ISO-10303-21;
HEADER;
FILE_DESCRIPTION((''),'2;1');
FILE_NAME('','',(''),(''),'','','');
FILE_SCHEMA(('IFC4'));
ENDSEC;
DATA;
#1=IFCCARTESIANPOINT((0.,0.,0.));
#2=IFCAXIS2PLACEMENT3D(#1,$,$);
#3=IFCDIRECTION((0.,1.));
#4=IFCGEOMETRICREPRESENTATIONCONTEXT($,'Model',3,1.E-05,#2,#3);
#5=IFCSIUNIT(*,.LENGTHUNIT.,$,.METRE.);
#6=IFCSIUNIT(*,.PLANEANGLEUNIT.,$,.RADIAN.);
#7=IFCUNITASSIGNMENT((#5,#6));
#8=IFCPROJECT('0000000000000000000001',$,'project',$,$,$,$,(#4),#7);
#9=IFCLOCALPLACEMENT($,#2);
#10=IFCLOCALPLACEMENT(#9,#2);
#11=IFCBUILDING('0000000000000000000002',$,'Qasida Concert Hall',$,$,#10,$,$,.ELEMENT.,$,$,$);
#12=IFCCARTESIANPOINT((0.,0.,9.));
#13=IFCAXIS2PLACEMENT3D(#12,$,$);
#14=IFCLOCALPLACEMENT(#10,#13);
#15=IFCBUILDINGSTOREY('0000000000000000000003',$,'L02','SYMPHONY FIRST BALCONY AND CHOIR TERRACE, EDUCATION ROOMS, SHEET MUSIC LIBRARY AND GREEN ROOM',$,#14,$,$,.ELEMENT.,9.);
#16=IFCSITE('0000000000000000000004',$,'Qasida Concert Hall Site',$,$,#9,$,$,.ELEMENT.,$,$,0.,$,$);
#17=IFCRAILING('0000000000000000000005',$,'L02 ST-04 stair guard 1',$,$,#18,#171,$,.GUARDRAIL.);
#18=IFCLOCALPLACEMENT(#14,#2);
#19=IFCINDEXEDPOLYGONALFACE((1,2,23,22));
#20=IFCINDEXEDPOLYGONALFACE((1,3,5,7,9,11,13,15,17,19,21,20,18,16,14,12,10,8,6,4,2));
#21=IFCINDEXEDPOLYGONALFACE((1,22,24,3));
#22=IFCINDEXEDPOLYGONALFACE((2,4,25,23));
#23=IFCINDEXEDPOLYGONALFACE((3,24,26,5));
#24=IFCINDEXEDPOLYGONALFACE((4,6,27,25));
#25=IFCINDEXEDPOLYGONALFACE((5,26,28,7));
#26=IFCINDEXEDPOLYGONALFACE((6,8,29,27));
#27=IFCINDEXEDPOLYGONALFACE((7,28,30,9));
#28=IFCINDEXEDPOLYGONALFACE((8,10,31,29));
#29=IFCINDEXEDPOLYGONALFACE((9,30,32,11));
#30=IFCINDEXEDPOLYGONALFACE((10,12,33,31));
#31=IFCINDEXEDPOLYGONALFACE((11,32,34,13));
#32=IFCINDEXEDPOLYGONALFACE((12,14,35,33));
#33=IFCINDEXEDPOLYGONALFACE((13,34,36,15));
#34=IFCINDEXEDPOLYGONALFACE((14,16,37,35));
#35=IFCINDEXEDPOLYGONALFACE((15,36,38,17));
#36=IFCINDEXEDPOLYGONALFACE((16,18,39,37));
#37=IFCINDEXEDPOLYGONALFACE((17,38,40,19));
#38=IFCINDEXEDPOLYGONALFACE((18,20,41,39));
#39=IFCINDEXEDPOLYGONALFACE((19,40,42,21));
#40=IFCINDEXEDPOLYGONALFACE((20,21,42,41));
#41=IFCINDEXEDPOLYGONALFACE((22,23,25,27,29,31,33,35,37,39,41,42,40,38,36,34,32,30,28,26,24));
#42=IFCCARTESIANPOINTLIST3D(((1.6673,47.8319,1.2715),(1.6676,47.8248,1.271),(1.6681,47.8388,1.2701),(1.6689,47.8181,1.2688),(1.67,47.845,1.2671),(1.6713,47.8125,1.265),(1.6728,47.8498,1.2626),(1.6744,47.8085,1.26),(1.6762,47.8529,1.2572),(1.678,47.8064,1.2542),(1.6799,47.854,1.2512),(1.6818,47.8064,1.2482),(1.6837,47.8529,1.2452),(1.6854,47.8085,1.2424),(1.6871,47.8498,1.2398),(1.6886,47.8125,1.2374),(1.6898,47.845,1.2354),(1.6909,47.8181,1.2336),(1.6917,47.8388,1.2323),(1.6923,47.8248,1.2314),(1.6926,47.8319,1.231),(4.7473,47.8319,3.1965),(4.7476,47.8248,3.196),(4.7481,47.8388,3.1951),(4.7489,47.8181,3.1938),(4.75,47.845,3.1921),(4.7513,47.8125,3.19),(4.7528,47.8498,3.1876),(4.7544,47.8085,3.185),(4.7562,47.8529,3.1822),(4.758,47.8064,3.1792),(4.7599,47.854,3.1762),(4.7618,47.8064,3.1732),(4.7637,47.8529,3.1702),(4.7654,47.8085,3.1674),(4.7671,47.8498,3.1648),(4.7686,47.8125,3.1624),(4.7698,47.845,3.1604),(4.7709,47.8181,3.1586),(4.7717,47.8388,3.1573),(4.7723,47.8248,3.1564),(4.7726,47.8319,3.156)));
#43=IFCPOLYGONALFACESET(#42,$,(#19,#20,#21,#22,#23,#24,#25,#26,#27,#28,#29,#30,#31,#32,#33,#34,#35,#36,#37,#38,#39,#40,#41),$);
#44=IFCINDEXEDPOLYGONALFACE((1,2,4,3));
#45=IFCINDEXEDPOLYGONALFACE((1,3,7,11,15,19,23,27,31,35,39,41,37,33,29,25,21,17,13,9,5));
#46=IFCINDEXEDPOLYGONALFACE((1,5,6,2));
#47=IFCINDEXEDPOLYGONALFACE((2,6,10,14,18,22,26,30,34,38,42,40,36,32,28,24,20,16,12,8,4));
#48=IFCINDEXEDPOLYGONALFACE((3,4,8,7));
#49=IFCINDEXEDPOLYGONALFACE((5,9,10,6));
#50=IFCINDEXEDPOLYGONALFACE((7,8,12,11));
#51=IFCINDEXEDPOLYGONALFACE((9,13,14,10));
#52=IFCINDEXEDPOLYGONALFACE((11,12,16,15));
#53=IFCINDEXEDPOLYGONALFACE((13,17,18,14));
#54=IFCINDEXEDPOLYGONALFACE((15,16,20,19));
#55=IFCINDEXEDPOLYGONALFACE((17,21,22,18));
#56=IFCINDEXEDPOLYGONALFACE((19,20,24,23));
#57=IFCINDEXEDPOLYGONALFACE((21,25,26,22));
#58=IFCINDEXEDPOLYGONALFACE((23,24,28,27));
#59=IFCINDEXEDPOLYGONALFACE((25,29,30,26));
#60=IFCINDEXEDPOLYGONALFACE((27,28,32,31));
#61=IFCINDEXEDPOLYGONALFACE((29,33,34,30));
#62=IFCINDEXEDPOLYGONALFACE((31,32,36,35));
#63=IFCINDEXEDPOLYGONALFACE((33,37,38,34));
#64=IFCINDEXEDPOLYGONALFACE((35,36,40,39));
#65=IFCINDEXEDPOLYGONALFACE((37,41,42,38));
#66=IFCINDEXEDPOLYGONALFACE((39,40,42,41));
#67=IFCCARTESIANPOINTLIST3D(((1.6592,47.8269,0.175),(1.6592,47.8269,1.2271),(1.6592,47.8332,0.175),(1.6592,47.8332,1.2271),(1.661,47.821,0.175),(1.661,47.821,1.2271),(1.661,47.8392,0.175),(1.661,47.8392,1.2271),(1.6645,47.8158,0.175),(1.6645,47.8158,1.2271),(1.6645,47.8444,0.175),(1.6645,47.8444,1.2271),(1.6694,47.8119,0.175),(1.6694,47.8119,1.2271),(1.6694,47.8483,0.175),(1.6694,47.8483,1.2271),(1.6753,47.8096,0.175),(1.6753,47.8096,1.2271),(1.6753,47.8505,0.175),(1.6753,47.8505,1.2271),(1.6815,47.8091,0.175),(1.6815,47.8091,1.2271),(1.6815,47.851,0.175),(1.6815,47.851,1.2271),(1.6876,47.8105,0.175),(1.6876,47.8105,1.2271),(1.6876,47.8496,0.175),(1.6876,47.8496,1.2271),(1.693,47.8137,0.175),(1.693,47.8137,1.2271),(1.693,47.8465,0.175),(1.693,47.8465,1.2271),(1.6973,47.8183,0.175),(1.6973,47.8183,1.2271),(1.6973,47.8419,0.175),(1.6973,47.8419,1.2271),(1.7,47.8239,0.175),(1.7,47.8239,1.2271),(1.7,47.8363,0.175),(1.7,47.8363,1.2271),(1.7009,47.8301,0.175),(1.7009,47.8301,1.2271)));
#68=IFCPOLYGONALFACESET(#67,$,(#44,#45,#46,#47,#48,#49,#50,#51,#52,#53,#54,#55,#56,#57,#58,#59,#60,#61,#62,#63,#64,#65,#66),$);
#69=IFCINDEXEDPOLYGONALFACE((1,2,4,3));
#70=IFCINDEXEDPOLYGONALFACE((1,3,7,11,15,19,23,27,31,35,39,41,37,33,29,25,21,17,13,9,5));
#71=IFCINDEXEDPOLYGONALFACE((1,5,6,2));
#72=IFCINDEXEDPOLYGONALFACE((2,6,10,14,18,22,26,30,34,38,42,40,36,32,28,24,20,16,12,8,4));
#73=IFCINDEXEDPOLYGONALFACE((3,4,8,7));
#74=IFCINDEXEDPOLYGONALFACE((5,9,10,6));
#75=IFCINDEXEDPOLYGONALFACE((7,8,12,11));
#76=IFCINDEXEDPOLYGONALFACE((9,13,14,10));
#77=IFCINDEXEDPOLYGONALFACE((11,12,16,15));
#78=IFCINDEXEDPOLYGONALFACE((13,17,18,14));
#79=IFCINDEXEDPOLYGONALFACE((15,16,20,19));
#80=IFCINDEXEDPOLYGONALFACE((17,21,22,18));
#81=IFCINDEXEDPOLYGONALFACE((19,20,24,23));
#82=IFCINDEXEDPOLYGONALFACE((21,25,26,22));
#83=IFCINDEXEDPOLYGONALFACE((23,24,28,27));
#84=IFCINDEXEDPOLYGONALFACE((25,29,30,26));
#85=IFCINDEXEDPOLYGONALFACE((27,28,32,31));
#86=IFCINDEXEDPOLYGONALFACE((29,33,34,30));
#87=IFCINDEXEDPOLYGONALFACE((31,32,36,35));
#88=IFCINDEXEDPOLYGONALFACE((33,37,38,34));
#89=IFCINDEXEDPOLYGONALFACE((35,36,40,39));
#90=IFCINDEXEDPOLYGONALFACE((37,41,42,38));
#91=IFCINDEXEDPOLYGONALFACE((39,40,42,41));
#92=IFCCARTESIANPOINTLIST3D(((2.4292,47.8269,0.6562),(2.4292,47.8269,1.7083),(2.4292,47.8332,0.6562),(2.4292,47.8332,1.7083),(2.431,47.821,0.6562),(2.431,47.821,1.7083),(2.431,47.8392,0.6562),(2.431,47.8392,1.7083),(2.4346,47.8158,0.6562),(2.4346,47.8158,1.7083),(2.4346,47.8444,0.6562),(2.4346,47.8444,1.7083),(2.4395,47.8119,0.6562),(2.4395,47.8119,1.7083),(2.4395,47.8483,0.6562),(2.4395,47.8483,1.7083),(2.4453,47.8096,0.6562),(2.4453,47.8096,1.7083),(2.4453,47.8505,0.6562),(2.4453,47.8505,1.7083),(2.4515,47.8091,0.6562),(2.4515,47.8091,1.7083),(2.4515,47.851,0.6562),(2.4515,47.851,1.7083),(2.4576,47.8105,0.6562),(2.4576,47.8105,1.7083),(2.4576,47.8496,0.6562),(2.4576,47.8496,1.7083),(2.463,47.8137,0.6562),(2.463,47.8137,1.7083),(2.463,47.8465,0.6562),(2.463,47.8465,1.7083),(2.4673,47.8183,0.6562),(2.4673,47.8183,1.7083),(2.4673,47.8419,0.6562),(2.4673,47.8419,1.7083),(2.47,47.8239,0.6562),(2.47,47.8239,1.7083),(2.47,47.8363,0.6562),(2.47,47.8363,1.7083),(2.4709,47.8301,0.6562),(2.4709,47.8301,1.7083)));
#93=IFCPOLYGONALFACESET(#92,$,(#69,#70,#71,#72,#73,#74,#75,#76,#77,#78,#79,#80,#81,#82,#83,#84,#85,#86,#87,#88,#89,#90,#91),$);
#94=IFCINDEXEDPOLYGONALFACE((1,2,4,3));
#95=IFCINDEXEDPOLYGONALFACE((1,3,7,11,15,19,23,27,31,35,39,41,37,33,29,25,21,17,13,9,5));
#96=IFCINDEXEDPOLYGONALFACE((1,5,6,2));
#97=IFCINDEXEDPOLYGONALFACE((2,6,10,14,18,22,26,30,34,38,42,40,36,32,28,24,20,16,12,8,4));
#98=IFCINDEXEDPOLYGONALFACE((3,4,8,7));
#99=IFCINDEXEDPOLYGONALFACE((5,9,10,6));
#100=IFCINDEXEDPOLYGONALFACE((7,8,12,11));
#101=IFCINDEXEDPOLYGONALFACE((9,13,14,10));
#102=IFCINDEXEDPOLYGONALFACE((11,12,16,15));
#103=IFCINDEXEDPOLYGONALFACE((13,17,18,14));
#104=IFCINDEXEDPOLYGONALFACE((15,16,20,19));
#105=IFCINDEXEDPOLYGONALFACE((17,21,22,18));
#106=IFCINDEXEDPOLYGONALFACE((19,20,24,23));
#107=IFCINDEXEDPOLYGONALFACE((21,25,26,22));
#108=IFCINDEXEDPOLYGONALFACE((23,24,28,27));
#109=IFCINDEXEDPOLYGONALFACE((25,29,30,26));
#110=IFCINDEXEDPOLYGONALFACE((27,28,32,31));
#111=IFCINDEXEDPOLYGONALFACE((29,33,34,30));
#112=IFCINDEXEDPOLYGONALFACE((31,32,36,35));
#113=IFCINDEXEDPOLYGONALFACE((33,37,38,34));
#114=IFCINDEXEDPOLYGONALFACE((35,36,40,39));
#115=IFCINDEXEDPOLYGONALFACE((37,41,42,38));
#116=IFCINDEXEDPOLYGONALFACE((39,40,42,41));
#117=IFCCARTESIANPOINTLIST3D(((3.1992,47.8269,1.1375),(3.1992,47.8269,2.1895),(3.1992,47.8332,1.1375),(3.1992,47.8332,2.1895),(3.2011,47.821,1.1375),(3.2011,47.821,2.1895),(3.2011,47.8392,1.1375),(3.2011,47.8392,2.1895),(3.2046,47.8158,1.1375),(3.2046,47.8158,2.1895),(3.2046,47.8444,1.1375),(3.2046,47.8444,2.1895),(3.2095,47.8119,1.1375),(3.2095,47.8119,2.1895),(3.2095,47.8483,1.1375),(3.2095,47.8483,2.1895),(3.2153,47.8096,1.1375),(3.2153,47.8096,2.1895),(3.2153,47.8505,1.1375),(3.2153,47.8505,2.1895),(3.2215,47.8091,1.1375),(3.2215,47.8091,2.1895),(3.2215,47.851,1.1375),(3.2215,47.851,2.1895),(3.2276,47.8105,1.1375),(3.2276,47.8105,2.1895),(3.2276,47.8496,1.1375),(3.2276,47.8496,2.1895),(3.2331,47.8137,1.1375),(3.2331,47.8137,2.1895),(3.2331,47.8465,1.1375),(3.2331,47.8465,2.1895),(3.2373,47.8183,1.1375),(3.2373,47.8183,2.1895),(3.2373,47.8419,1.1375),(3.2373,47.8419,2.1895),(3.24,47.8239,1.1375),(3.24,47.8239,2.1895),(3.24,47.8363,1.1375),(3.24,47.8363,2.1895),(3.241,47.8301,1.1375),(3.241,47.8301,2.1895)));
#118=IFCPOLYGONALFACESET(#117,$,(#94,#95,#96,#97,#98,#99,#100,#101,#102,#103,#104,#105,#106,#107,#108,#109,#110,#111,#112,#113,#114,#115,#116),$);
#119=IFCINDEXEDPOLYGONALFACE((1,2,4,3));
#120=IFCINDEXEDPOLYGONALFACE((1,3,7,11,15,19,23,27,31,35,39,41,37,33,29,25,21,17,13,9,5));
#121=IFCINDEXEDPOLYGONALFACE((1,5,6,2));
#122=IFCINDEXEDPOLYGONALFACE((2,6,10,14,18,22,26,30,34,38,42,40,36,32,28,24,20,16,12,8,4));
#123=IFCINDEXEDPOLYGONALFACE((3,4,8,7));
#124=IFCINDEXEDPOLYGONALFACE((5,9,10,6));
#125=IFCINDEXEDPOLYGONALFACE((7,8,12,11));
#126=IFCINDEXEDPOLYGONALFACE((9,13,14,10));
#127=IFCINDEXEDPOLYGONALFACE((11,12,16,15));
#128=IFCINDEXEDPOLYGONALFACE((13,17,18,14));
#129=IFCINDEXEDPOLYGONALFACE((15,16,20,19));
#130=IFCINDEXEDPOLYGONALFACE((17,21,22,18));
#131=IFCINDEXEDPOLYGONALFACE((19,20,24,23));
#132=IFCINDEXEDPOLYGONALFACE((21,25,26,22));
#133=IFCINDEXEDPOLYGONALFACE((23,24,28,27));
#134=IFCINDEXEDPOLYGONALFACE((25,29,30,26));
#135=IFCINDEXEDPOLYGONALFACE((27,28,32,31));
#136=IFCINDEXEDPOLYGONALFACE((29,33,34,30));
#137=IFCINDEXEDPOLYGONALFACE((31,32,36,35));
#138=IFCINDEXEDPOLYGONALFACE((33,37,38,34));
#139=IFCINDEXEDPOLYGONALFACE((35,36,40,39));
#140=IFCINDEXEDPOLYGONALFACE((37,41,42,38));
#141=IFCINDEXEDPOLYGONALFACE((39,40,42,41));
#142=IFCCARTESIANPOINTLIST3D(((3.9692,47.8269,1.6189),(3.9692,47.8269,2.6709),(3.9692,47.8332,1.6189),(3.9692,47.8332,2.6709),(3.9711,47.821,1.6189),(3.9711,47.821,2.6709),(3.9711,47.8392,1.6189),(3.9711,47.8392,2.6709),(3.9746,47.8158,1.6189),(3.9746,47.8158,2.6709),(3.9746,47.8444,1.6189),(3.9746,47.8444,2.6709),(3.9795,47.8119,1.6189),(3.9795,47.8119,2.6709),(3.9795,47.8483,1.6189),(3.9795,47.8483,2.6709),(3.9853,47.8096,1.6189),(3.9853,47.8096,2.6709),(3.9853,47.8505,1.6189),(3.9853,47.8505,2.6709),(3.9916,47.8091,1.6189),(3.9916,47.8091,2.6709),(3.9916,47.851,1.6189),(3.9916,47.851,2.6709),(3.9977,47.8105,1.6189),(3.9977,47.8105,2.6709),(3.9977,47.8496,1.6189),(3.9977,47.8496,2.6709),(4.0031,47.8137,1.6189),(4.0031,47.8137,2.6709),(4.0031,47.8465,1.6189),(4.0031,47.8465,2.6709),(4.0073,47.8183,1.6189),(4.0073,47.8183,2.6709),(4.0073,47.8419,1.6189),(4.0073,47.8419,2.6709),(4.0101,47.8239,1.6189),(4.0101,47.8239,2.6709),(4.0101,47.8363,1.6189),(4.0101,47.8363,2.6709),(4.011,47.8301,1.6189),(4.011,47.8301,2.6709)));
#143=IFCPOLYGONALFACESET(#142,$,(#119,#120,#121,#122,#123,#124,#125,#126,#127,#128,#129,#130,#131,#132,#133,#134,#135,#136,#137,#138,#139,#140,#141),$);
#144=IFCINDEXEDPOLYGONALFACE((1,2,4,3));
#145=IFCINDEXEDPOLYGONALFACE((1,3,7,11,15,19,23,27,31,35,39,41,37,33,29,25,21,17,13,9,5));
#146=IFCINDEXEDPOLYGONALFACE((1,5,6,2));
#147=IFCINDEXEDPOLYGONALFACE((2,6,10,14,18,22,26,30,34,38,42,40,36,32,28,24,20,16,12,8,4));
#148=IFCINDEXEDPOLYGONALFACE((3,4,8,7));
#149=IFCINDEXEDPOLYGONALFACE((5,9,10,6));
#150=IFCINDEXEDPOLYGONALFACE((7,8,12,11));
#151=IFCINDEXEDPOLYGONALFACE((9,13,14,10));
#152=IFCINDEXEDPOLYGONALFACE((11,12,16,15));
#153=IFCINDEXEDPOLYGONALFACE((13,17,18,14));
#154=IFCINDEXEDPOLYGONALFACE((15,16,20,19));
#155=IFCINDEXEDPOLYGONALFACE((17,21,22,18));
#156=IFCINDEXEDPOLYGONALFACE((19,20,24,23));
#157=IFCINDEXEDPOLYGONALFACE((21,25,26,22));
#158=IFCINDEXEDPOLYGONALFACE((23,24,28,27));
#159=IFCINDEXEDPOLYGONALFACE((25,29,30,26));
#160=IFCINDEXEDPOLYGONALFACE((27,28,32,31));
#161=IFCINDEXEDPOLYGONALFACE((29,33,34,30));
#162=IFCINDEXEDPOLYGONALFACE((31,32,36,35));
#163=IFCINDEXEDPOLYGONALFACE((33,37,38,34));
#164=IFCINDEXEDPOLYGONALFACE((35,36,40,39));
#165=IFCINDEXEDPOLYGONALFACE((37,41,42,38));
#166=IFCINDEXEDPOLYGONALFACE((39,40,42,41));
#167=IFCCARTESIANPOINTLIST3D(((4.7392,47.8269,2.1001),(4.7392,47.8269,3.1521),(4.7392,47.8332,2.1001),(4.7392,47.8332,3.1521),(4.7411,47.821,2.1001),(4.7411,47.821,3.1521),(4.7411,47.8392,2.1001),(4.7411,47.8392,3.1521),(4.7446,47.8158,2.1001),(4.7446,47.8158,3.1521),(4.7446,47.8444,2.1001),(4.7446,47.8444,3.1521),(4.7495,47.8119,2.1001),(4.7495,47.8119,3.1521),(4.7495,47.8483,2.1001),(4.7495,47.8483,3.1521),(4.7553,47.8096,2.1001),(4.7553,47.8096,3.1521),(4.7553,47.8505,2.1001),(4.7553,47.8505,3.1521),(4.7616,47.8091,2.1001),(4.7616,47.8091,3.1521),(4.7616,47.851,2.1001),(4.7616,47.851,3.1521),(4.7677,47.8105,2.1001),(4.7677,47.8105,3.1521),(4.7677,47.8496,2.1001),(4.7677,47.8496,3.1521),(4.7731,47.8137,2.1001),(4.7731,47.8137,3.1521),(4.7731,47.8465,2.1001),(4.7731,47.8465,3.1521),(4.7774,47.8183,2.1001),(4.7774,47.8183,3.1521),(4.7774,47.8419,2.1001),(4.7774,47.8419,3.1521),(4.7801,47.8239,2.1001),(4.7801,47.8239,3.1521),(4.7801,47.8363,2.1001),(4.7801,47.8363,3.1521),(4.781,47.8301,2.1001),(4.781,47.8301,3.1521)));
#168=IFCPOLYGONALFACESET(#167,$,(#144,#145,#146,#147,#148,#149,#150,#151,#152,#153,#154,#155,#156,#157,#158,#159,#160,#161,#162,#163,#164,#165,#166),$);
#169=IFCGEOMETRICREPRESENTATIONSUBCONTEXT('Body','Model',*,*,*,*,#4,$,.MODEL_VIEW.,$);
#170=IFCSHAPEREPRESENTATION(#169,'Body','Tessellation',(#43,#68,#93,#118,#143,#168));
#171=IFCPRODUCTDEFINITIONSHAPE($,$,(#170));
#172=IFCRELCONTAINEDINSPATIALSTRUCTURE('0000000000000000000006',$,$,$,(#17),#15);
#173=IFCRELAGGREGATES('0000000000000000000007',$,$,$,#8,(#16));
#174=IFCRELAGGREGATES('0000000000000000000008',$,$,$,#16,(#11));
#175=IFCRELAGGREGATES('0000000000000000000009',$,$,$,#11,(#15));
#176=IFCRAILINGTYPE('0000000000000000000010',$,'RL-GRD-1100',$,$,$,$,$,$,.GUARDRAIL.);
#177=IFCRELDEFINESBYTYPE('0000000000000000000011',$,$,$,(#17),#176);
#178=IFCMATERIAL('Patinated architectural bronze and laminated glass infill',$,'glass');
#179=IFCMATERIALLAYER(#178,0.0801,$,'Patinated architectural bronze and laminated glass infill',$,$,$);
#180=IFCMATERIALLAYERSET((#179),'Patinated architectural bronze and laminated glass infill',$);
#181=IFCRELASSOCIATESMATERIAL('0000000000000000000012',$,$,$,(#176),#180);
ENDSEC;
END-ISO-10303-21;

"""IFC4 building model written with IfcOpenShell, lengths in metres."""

from ifc_helpers import new_model, si_unit, direction, frame, origin, origin_2d, place, context, subcontext, project, spatial, circle, extrude, material, layer, layer_set, type_object, element, save


model = new_model("IFC4")

# Units and contexts
model_context = context("Model", 3, precision=1e-05, world=origin(), true_north=direction((0.0, 1.0)))
body_context = subcontext(model_context, "Body", "Model", "MODEL_VIEW")
ifc_project = project(units=[si_unit("LENGTHUNIT", "METRE"), si_unit("PLANEANGLEUNIT", "RADIAN")], contexts=[model_context])

# Site, building, storey
site_placement = place(None, origin())
site = spatial("IfcSite", under=ifc_project, at=site_placement, Name="Qasida Concert Hall Site", CompositionType="ELEMENT", RefElevation=0.0)
building_placement = place(site_placement, origin())
building = spatial("IfcBuilding", under=site, at=building_placement, Name="Qasida Concert Hall", CompositionType="ELEMENT")
storey_placement = place(building_placement, frame((0.0, 0.0, 9.0)))
storey = spatial("IfcBuildingStorey", under=building, at=storey_placement, Name="L02", Description="SYMPHONY FIRST BALCONY AND CHOIR TERRACE, EDUCATION ROOMS, SHEET MUSIC LIBRARY AND GREEN ROOM", CompositionType="ELEMENT", Elevation=9.0)

# Railing
ifc_material_1 = material(Name="Patinated architectural bronze and laminated glass infill", Category="glass")
ifc_layer_1 = layer(ifc_material_1, 0.0801, Name="Patinated architectural bronze and laminated glass infill")
ifc_layer_set_1 = layer_set([ifc_layer_1], Name="Patinated architectural bronze and laminated glass infill")
railing_type_1 = type_object("IfcRailingType", Name="RL-GRD-1100", PredefinedType="GUARDRAIL", material=ifc_layer_set_1)
railing_1_placement = place(storey_placement, frame((1.6799, 47.8301, 0.175)))
element("IfcRailing", 1, at=railing_1_placement, inside=storey, type_object=railing_type_1, Name="L02 ST-04 stair guard 1", PredefinedType="GUARDRAIL", context=body_context, shape_type="SweptSolid", body=[
    extrude(circle(Radius=0.0239, at=origin_2d()), frame((0.0, 0.0, 1.0762), z_axis=(0.847998, 0.0, 0.529999), x_axis=(0.0, 1.0, 0.0)), (0.0, 0.0, 1.0), 3.6321),
    extrude(circle(Radius=0.021, at=origin_2d()), origin(), (0.0, 0.0, 1.0), 1.052),
    extrude(circle(Radius=0.021, at=origin_2d()), frame((0.77, 0.0, 0.4812)), (0.0, 0.0, 1.0), 1.052),
    extrude(circle(Radius=0.021, at=origin_2d()), frame((1.54, 0.0, 0.9624)), (0.0, 0.0, 1.0), 1.052),
    extrude(circle(Radius=0.021, at=origin_2d()), frame((2.3101, 0.0, 1.4438)), (0.0, 0.0, 1.0), 1.052),
    extrude(circle(Radius=0.021, at=origin_2d()), frame((3.0801, 0.0, 1.925)), (0.0, 0.0, 1.0), 1.052),
])

save(model, "model.ifc")
